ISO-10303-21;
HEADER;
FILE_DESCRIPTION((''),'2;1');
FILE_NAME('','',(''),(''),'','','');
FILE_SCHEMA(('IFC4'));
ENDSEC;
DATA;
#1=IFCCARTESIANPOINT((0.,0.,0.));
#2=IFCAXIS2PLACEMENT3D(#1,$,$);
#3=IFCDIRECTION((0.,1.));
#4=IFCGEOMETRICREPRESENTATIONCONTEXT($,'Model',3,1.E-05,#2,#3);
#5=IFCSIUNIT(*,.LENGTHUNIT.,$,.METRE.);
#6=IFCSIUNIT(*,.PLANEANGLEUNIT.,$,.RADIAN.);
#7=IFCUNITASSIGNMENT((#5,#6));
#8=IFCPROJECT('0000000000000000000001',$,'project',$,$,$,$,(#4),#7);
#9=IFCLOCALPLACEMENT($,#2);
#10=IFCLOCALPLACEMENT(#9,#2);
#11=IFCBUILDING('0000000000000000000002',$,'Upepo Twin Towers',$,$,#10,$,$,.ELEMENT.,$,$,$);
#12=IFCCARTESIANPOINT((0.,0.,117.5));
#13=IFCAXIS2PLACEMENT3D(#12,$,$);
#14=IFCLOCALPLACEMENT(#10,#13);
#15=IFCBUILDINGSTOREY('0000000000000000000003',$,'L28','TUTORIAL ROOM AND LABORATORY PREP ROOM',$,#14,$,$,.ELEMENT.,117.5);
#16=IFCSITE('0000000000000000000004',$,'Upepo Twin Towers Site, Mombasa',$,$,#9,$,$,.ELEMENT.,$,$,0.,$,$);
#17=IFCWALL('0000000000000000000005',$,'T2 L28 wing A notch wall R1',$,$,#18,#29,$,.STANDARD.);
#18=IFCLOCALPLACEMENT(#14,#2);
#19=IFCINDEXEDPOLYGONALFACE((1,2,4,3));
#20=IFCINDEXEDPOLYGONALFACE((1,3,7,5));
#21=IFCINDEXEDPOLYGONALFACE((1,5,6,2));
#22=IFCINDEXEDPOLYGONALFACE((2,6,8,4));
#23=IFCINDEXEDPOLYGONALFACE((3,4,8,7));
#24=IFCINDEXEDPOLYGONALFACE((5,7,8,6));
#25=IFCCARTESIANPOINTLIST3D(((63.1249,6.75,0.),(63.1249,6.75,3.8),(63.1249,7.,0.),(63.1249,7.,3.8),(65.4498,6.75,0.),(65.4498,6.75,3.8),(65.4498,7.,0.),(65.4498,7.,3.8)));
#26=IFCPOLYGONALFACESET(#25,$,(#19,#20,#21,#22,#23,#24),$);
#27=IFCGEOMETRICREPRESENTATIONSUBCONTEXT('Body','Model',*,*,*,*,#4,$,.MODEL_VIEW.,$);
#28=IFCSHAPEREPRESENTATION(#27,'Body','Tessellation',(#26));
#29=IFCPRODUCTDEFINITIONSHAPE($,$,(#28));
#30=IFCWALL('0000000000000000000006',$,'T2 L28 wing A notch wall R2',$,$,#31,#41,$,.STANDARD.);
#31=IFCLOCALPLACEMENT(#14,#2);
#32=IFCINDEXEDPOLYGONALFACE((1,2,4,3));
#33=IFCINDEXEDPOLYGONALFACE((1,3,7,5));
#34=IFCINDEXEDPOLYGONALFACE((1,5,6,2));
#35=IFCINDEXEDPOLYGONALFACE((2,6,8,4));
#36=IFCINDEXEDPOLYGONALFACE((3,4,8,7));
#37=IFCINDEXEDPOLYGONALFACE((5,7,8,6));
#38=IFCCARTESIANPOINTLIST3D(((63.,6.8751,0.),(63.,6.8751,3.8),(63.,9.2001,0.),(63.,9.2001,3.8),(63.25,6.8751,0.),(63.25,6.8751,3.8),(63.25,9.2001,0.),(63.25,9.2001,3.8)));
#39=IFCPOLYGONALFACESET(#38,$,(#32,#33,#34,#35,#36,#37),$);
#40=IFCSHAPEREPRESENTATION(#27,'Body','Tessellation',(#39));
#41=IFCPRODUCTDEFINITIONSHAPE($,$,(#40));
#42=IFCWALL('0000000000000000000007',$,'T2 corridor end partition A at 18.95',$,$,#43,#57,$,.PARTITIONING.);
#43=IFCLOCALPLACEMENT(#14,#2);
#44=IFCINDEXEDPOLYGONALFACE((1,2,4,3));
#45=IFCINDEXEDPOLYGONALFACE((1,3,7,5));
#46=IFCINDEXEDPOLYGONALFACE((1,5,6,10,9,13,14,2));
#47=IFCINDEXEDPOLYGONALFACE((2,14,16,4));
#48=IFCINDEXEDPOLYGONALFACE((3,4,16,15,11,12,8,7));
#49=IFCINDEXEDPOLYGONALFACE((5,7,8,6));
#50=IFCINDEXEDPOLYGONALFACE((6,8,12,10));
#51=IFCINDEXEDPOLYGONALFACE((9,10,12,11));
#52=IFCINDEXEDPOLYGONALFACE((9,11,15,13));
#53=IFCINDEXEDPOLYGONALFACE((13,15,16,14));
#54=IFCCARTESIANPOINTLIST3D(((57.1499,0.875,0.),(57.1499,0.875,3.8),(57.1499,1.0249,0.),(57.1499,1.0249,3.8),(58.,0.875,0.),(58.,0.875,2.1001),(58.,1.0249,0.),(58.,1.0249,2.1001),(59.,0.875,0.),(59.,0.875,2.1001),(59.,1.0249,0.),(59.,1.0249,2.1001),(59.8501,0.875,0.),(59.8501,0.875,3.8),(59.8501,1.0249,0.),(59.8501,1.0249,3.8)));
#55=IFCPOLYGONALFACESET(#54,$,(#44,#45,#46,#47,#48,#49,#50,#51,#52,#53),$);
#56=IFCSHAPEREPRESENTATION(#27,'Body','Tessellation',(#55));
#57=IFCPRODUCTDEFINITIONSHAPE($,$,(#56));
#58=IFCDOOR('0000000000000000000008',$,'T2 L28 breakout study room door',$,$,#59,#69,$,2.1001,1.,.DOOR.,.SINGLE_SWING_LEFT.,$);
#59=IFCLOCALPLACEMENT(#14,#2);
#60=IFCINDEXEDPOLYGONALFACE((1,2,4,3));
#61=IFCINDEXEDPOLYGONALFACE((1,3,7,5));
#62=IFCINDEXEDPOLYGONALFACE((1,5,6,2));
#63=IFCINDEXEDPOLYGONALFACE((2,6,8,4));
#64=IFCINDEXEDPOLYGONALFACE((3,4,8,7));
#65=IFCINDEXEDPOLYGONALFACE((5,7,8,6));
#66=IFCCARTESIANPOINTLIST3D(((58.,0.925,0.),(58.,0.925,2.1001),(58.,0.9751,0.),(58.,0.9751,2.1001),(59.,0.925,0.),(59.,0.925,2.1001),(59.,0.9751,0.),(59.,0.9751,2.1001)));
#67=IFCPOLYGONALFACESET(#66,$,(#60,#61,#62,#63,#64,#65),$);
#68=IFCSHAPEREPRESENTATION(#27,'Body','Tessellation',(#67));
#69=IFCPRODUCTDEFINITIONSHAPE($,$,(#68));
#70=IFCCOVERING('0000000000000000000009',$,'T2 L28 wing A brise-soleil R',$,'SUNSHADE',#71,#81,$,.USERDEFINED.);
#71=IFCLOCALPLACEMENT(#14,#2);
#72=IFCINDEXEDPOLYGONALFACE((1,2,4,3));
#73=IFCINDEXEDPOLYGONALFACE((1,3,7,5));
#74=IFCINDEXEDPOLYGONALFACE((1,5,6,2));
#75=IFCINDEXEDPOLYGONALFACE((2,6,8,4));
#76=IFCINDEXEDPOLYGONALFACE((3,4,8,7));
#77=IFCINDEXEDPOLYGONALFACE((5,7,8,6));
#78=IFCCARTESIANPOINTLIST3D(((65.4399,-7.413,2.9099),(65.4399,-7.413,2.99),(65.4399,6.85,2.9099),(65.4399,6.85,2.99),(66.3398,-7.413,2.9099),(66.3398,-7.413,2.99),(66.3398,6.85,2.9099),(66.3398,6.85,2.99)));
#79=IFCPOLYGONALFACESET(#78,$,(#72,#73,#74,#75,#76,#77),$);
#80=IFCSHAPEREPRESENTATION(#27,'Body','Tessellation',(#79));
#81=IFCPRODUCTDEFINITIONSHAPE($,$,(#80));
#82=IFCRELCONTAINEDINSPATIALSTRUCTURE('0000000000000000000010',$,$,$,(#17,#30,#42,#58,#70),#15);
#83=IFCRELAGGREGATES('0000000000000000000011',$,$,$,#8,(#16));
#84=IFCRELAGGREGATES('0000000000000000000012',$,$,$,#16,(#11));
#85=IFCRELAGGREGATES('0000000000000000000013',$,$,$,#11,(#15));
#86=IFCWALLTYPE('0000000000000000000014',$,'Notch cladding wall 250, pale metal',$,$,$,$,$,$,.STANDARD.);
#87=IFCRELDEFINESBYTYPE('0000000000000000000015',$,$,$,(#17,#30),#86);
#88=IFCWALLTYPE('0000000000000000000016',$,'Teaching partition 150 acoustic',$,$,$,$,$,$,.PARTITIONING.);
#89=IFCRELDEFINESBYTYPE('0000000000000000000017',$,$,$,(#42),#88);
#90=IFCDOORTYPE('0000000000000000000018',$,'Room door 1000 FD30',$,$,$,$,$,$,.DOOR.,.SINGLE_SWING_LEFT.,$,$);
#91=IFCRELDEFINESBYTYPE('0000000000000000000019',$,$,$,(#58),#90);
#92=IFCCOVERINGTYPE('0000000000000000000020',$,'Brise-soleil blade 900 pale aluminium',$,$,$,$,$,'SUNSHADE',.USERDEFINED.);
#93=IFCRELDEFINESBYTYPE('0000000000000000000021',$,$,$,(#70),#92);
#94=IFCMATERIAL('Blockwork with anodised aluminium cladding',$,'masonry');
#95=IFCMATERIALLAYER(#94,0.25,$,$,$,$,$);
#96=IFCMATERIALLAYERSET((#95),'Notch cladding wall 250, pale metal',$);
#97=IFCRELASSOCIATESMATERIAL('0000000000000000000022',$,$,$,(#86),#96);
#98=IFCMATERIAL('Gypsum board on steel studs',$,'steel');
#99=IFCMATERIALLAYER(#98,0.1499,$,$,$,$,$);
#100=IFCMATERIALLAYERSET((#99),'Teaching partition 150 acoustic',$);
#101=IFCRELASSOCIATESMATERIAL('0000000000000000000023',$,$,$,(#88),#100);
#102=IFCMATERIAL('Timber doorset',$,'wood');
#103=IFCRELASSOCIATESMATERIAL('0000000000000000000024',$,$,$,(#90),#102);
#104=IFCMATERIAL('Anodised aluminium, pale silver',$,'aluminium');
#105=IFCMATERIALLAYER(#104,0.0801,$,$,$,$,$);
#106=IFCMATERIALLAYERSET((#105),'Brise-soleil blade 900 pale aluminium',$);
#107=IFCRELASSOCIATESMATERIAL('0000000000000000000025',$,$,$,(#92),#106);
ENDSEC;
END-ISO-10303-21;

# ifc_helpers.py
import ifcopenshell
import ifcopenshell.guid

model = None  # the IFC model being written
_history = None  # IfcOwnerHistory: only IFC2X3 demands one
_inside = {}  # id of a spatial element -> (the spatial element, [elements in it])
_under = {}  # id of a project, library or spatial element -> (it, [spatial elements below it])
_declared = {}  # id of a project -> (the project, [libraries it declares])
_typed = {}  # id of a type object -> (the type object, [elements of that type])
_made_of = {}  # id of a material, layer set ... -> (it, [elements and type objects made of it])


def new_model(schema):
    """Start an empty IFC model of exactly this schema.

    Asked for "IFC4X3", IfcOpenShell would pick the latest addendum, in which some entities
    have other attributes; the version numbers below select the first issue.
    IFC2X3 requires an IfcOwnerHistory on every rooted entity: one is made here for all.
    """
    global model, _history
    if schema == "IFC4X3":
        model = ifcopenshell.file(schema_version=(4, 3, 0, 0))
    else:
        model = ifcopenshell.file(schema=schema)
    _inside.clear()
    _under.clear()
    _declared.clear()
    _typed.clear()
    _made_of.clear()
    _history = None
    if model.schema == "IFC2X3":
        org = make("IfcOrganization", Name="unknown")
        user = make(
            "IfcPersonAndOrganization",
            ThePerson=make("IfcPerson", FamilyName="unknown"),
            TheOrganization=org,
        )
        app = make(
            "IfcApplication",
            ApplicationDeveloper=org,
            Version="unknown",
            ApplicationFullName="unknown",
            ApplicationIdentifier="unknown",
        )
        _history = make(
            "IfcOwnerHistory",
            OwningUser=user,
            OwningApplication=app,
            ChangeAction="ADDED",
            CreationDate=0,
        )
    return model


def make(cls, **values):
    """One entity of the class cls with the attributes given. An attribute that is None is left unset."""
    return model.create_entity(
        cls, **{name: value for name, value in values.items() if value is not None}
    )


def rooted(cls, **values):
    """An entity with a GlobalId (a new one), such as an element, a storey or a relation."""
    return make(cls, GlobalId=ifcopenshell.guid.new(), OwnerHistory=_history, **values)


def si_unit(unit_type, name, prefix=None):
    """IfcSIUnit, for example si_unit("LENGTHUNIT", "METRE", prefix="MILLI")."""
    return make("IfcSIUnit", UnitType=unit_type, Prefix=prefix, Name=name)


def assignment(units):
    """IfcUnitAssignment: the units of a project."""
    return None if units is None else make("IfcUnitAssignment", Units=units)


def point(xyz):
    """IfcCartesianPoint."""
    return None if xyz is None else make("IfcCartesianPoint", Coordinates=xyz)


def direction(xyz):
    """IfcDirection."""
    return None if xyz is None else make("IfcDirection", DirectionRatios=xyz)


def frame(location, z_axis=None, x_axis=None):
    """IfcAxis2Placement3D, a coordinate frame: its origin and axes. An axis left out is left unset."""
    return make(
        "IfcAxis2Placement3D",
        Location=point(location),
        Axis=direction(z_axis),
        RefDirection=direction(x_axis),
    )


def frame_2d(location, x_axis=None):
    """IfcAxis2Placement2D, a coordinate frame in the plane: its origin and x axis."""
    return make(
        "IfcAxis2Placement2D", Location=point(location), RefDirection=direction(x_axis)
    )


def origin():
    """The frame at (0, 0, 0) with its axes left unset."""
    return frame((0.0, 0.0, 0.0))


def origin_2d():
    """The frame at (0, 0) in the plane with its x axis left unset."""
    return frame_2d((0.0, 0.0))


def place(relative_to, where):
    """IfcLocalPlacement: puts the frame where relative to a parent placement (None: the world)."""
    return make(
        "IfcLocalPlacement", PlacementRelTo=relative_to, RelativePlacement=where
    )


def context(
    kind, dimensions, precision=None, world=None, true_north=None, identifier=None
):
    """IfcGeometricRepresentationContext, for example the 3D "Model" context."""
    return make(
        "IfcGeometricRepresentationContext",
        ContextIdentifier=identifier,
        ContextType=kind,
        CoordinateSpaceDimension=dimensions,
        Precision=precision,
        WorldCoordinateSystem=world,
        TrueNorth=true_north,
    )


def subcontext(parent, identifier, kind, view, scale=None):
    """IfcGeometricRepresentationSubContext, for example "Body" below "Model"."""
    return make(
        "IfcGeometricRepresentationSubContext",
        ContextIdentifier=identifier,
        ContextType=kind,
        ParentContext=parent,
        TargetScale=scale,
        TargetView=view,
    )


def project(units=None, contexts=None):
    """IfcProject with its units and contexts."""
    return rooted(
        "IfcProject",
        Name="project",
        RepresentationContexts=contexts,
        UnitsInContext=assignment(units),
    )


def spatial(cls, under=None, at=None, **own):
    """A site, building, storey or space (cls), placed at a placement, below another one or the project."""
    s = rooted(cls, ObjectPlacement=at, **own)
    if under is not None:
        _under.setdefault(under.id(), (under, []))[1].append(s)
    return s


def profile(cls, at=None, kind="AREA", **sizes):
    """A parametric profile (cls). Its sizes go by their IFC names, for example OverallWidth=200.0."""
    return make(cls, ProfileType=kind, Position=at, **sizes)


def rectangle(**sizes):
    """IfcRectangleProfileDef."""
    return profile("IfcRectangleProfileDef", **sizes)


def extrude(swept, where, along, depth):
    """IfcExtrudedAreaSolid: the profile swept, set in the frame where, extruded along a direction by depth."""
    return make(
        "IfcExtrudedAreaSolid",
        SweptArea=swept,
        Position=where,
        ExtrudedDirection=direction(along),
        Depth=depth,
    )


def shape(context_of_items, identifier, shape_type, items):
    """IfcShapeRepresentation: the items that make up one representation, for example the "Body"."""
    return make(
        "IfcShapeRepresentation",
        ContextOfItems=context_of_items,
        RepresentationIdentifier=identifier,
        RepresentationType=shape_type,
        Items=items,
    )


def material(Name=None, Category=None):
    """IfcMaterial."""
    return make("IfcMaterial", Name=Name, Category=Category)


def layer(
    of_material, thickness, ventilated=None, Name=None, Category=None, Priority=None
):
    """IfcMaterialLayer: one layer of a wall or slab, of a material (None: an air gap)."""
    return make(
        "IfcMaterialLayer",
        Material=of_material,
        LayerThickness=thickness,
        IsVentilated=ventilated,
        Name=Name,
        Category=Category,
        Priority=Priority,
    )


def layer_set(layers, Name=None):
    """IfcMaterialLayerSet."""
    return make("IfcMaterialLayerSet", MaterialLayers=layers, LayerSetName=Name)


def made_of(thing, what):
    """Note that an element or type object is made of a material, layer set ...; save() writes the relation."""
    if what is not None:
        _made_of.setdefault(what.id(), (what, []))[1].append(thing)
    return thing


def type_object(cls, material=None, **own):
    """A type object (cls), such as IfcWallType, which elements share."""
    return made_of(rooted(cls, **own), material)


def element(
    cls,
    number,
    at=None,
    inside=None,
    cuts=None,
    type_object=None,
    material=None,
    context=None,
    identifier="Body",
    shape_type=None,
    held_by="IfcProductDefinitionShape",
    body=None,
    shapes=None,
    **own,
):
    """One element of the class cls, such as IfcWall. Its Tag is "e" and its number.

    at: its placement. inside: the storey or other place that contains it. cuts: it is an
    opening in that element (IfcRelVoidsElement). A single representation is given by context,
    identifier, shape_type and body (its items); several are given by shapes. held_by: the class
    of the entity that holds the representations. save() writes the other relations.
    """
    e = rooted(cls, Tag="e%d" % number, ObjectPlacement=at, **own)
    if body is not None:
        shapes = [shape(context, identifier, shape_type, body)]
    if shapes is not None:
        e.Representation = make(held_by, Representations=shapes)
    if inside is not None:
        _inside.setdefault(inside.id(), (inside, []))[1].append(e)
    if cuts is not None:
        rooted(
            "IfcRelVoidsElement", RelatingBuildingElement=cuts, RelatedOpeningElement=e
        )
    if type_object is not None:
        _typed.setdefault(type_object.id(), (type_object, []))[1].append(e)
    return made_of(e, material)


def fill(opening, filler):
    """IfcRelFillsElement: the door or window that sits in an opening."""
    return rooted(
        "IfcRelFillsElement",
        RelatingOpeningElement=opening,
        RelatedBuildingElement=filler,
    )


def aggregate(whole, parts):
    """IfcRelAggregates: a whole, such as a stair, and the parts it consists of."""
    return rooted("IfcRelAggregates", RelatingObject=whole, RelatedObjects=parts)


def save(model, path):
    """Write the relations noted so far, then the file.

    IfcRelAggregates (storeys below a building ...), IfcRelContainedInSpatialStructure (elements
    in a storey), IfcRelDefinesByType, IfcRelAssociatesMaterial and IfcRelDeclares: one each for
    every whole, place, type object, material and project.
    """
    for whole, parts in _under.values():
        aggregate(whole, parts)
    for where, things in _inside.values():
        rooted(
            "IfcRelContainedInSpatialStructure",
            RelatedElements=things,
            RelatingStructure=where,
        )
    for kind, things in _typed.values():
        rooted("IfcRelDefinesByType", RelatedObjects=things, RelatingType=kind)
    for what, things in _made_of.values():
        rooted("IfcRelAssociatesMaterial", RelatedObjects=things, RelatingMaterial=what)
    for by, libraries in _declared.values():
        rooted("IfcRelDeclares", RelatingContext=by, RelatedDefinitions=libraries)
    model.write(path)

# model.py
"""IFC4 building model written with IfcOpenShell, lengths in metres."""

from ifc_helpers import new_model, si_unit, direction, frame, frame_2d, origin, origin_2d, place, context, subcontext, project, spatial, rectangle, extrude, material, layer, layer_set, type_object, element, fill, save


model = new_model("IFC4")

# Units and contexts
model_context = context("Model", 3, precision=1e-05, world=origin(), true_north=direction((0.0, 1.0)))
body_context = subcontext(model_context, "Body", "Model", "MODEL_VIEW")
ifc_project = project(units=[si_unit("LENGTHUNIT", "METRE"), si_unit("PLANEANGLEUNIT", "RADIAN")], contexts=[model_context])

# Site, building, storey
site_placement = place(None, origin())
site = spatial("IfcSite", under=ifc_project, at=site_placement, Name="Upepo Twin Towers Site, Mombasa", CompositionType="ELEMENT", RefElevation=0.0)
building_placement = place(site_placement, origin())
building = spatial("IfcBuilding", under=site, at=building_placement, Name="Upepo Twin Towers", CompositionType="ELEMENT")
storey_placement = place(building_placement, frame((0.0, 0.0, 117.5)))
storey = spatial("IfcBuildingStorey", under=building, at=storey_placement, Name="L28", Description="TUTORIAL ROOM AND LABORATORY PREP ROOM", CompositionType="ELEMENT", Elevation=117.5)

# Walls
ifc_material_1 = material(Name="Blockwork with anodised aluminium cladding", Category="masonry")
ifc_layer_1 = layer(ifc_material_1, 0.25)
ifc_layer_set_1 = layer_set([ifc_layer_1], Name="Notch cladding wall 250, pale metal")
wall_type_1 = type_object("IfcWallType", Name="Notch cladding wall 250, pale metal", PredefinedType="STANDARD", material=ifc_layer_set_1)
for number, where, z_axis, x_axis, name in (
    (1, (65.45, 6.875, 0.0), (0.0, 0.0, 1.0), (-1.0, 0.0, 0.0), "T2 L28 wing A notch wall R1"),
    (2, (63.125, 6.875, 0.0), (0.0, 0.0, 1.0), (0.0, 1.0, 0.0), "T2 L28 wing A notch wall R2"),
):
    element("IfcWall", number, at=place(storey_placement, frame(where, z_axis=z_axis, x_axis=x_axis)), inside=storey, type_object=wall_type_1, Name=name, PredefinedType="STANDARD", context=body_context, shape_type="SweptSolid", body=[
        extrude(rectangle(XDim=2.325, YDim=0.25, at=frame_2d((1.1626, 0.0))), origin(), (0.0, 0.0, 1.0), 3.8),
    ])

# Wall, opening, door
ifc_material_2 = material(Name="Gypsum board on steel studs", Category="steel")
ifc_layer_2 = layer(ifc_material_2, 0.1499)
ifc_layer_set_2 = layer_set([ifc_layer_2], Name="Teaching partition 150 acoustic")
wall_type_2 = type_object("IfcWallType", Name="Teaching partition 150 acoustic", PredefinedType="PARTITIONING", material=ifc_layer_set_2)
wall_1_placement = place(storey_placement, frame((59.8501, 0.95, 0.0), z_axis=(0.0, 0.0, 1.0), x_axis=(-1.0, 0.0, 0.0)))
wall_1 = element("IfcWall", 3, at=wall_1_placement, inside=storey, type_object=wall_type_2, Name="T2 corridor end partition A at 18.95", PredefinedType="PARTITIONING", context=body_context, shape_type="SweptSolid", body=[
    extrude(rectangle(XDim=2.7002, YDim=0.1499, at=frame_2d((1.3501, 0.0))), origin(), (0.0, 0.0, 1.0), 3.8),
])
opening_1_placement = place(wall_1_placement, frame((0.8501, 0.0, 0.0)))
opening_1 = element("IfcOpeningElement", 4, at=opening_1_placement, cuts=wall_1, PredefinedType="OPENING", context=body_context, shape_type="SweptSolid", body=[
    extrude(rectangle(XDim=1.0, YDim=2.1001, at=frame_2d((0.5, 1.05))), frame((0.0, 0.085, 0.0), z_axis=(0.0, -1.0, 0.0), x_axis=(1.0, 0.0, 0.0)), (0.0, 0.0, 1.0), 0.1699),
])
ifc_material_3 = material(Name="Timber doorset", Category="wood")
door_type_1 = type_object("IfcDoorType", Name="Room door 1000 FD30", OperationType="SINGLE_SWING_LEFT", PredefinedType="DOOR", material=ifc_material_3)
door_1_placement = place(opening_1_placement, origin())
door_1 = element("IfcDoor", 5, at=door_1_placement, inside=storey, type_object=door_type_1, Name="T2 L28 breakout study room door", OperationType="SINGLE_SWING_LEFT", OverallHeight=2.1001, OverallWidth=1.0, PredefinedType="DOOR", context=body_context, shape_type="SweptSolid", body=[
    extrude(rectangle(XDim=1.0, YDim=2.1001, at=frame_2d((0.5, 1.05))), frame((0.0, 0.0249, 0.0), z_axis=(0.0, -1.0, 0.0), x_axis=(1.0, 0.0, 0.0)), (0.0, 0.0, 1.0), 0.05),
])
fill(opening_1, door_1)

# Covering
ifc_material_4 = material(Name="Anodised aluminium, pale silver", Category="aluminium")
ifc_layer_3 = layer(ifc_material_4, 0.0801)
ifc_layer_set_3 = layer_set([ifc_layer_3], Name="Brise-soleil blade 900 pale aluminium")
covering_type = type_object("IfcCoveringType", Name="Brise-soleil blade 900 pale aluminium", ElementType="SUNSHADE", PredefinedType="USERDEFINED", material=ifc_layer_set_3)
covering_placement = place(storey_placement, frame((65.8899, -0.2815, 2.9099), z_axis=(0.0, 0.0, 1.0), x_axis=(0.0, 1.0, 0.0)))
element("IfcCovering", 6, at=covering_placement, inside=storey, type_object=covering_type, Name="T2 L28 wing A brise-soleil R", ObjectType="SUNSHADE", PredefinedType="USERDEFINED", context=body_context, shape_type="SweptSolid", body=[
    extrude(rectangle(XDim=14.2629, YDim=0.8999, at=origin_2d()), origin(), (0.0, 0.0, 1.0), 0.0801),
])

save(model, "model.ifc")
